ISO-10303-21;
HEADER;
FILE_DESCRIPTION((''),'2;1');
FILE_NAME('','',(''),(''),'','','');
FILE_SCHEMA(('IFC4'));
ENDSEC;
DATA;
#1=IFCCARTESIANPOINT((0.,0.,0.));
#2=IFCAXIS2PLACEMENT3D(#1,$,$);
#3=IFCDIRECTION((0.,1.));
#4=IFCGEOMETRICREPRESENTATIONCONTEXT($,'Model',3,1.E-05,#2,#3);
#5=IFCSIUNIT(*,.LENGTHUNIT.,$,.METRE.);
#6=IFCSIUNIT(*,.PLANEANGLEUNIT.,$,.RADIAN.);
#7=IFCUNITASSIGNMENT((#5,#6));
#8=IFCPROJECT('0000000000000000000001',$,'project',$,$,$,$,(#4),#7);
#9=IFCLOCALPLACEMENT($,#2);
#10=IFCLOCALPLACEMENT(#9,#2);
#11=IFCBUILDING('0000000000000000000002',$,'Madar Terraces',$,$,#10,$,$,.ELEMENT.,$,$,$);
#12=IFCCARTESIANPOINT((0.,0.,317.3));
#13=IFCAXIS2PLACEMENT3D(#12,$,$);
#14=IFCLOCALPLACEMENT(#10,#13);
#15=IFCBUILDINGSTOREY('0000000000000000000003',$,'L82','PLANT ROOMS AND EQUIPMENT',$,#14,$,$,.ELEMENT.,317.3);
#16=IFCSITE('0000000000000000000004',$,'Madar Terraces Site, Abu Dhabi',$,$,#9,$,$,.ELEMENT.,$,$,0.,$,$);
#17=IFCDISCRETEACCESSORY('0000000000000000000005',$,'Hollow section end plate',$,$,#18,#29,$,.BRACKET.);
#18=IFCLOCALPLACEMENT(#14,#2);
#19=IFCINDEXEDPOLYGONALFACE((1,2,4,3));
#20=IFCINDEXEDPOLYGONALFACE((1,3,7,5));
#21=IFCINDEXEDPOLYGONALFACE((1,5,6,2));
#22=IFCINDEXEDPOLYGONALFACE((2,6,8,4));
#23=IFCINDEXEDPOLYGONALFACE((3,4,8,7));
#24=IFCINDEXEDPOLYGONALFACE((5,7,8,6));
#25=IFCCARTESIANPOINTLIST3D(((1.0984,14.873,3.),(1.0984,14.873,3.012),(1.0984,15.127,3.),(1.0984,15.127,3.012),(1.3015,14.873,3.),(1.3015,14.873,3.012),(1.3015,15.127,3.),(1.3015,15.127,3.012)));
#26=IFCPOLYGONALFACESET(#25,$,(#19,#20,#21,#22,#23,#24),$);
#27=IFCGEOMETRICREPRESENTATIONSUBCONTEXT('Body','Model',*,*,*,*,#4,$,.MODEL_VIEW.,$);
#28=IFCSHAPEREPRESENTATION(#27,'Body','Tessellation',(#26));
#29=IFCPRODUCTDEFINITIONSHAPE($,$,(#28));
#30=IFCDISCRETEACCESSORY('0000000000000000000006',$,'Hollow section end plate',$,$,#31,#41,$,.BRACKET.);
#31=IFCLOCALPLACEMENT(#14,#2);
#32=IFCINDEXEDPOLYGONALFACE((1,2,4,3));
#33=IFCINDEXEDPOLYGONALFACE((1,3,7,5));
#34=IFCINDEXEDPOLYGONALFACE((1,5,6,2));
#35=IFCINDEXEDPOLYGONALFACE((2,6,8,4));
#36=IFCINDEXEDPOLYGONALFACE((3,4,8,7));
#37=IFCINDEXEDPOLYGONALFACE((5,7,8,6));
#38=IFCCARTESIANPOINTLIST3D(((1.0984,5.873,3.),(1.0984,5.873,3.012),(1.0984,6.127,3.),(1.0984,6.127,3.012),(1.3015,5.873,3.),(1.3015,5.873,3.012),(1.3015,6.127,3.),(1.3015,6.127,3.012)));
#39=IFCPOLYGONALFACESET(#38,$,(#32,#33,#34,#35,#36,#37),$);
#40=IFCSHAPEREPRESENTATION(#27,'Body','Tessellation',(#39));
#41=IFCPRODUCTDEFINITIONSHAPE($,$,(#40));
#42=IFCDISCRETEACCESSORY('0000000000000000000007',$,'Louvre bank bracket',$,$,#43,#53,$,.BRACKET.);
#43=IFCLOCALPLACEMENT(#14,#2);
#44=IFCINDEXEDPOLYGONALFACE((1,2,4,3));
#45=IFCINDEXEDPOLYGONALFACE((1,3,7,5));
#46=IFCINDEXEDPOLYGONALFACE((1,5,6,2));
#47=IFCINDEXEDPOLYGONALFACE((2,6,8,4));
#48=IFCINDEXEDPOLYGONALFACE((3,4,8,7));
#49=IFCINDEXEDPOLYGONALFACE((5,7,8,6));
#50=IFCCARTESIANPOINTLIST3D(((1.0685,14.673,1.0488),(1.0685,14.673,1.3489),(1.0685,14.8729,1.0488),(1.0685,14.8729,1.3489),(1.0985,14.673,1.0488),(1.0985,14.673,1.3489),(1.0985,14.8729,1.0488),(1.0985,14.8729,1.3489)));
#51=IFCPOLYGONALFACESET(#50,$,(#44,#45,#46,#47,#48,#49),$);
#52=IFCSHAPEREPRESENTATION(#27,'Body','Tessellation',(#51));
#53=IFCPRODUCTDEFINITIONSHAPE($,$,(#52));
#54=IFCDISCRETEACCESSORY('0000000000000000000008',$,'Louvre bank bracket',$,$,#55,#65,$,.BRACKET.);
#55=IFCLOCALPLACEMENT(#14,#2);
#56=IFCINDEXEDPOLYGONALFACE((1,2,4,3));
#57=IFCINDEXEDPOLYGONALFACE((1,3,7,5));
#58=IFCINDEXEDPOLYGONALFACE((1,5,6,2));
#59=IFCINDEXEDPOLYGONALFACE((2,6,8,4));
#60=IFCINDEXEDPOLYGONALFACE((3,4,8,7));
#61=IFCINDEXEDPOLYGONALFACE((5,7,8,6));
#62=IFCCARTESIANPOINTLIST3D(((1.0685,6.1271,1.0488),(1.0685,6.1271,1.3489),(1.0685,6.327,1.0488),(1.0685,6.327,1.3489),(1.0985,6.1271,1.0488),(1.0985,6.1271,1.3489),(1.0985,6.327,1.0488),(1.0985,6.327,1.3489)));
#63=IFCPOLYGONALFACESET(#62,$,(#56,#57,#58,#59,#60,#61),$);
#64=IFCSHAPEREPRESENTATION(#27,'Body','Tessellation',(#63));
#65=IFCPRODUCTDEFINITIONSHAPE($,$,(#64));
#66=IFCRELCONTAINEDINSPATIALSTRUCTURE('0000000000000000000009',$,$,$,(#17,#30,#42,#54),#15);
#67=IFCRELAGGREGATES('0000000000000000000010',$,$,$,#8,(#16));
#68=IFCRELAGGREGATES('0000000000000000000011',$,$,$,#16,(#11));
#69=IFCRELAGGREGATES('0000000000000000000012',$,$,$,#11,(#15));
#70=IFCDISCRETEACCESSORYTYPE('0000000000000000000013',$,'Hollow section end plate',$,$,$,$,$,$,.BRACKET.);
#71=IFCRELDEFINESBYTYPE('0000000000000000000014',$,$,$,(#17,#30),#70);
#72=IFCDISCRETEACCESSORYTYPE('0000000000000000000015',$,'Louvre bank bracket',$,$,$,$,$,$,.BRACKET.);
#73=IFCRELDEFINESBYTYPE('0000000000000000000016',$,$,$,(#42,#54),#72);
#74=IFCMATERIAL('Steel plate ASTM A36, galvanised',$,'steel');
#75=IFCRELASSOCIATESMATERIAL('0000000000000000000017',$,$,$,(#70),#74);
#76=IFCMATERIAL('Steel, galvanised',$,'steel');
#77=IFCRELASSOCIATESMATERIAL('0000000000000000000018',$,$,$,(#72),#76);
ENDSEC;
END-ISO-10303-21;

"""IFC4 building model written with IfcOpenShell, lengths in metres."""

from ifc_helpers import new_model, si_unit, direction, frame, origin, origin_2d, place, context, subcontext, project, spatial, rectangle, extrude, material, type_object, element, save


model = new_model("IFC4")

# Units and contexts
model_context = context("Model", 3, precision=1e-05, world=origin(), true_north=direction((0.0, 1.0)))
body_context = subcontext(model_context, "Body", "Model", "MODEL_VIEW")
ifc_project = project(units=[si_unit("LENGTHUNIT", "METRE"), si_unit("PLANEANGLEUNIT", "RADIAN")], contexts=[model_context])

# Site, building, storey
site_placement = place(None, origin())
site = spatial("IfcSite", under=ifc_project, at=site_placement, Name="Madar Terraces Site, Abu Dhabi", CompositionType="ELEMENT", RefElevation=0.0)
building_placement = place(site_placement, origin())
building = spatial("IfcBuilding", under=site, at=building_placement, Name="Madar Terraces", CompositionType="ELEMENT")
storey_placement = place(building_placement, frame((0.0, 0.0, 317.3)))
storey = spatial("IfcBuildingStorey", under=building, at=storey_placement, Name="L82", Description="PLANT ROOMS AND EQUIPMENT", CompositionType="ELEMENT", Elevation=317.3)

# Discrete accessories
ifc_material_1 = material(Name="Steel plate ASTM A36, galvanised", Category="steel")
discrete_accessory_type_1 = type_object("IfcDiscreteAccessoryType", Name="Hollow section end plate", PredefinedType="BRACKET", material=ifc_material_1)
for number, where, z_axis, x_axis, name in (
    (1, (1.2, 15.0, 3.0), (0.0, 0.0, 1.0), (1.0, 0.0, 0.0), "Hollow section end plate"),
    (2, (1.2, 6.0, 3.0), (0.0, 0.0, 1.0), (1.0, 0.0, 0.0), "Hollow section end plate"),
):
    element("IfcDiscreteAccessory", number, at=place(storey_placement, frame(where, z_axis=z_axis, x_axis=x_axis)), inside=storey, type_object=discrete_accessory_type_1, Name=name, PredefinedType="BRACKET", context=body_context, shape_type="SweptSolid", body=[
        extrude(rectangle(XDim=0.2031, YDim=0.2539, at=origin_2d()), origin(), (0.0, 0.0, 1.0), 0.012),
    ])
ifc_material_2 = material(Name="Steel, galvanised", Category="steel")
discrete_accessory_type_2 = type_object("IfcDiscreteAccessoryType", Name="Louvre bank bracket", PredefinedType="BRACKET", material=ifc_material_2)
for number, where, z_axis, x_axis, name in (
    (3, (1.0835, 14.7729, 1.0488), (0.0, 0.0, 1.0), (0.0, -1.0, 0.0), "Louvre bank bracket"),
    (4, (1.0835, 6.2271, 1.0488), (0.0, 0.0, 1.0), (0.0, -1.0, 0.0), "Louvre bank bracket"),
):
    element("IfcDiscreteAccessory", number, at=place(storey_placement, frame(where, z_axis=z_axis, x_axis=x_axis)), inside=storey, type_object=discrete_accessory_type_2, Name=name, PredefinedType="BRACKET", context=body_context, shape_type="SweptSolid", body=[
        extrude(rectangle(XDim=0.2, YDim=0.03, at=origin_2d()), origin(), (0.0, 0.0, 1.0), 0.3),
    ])

save(model, "model.ifc")
